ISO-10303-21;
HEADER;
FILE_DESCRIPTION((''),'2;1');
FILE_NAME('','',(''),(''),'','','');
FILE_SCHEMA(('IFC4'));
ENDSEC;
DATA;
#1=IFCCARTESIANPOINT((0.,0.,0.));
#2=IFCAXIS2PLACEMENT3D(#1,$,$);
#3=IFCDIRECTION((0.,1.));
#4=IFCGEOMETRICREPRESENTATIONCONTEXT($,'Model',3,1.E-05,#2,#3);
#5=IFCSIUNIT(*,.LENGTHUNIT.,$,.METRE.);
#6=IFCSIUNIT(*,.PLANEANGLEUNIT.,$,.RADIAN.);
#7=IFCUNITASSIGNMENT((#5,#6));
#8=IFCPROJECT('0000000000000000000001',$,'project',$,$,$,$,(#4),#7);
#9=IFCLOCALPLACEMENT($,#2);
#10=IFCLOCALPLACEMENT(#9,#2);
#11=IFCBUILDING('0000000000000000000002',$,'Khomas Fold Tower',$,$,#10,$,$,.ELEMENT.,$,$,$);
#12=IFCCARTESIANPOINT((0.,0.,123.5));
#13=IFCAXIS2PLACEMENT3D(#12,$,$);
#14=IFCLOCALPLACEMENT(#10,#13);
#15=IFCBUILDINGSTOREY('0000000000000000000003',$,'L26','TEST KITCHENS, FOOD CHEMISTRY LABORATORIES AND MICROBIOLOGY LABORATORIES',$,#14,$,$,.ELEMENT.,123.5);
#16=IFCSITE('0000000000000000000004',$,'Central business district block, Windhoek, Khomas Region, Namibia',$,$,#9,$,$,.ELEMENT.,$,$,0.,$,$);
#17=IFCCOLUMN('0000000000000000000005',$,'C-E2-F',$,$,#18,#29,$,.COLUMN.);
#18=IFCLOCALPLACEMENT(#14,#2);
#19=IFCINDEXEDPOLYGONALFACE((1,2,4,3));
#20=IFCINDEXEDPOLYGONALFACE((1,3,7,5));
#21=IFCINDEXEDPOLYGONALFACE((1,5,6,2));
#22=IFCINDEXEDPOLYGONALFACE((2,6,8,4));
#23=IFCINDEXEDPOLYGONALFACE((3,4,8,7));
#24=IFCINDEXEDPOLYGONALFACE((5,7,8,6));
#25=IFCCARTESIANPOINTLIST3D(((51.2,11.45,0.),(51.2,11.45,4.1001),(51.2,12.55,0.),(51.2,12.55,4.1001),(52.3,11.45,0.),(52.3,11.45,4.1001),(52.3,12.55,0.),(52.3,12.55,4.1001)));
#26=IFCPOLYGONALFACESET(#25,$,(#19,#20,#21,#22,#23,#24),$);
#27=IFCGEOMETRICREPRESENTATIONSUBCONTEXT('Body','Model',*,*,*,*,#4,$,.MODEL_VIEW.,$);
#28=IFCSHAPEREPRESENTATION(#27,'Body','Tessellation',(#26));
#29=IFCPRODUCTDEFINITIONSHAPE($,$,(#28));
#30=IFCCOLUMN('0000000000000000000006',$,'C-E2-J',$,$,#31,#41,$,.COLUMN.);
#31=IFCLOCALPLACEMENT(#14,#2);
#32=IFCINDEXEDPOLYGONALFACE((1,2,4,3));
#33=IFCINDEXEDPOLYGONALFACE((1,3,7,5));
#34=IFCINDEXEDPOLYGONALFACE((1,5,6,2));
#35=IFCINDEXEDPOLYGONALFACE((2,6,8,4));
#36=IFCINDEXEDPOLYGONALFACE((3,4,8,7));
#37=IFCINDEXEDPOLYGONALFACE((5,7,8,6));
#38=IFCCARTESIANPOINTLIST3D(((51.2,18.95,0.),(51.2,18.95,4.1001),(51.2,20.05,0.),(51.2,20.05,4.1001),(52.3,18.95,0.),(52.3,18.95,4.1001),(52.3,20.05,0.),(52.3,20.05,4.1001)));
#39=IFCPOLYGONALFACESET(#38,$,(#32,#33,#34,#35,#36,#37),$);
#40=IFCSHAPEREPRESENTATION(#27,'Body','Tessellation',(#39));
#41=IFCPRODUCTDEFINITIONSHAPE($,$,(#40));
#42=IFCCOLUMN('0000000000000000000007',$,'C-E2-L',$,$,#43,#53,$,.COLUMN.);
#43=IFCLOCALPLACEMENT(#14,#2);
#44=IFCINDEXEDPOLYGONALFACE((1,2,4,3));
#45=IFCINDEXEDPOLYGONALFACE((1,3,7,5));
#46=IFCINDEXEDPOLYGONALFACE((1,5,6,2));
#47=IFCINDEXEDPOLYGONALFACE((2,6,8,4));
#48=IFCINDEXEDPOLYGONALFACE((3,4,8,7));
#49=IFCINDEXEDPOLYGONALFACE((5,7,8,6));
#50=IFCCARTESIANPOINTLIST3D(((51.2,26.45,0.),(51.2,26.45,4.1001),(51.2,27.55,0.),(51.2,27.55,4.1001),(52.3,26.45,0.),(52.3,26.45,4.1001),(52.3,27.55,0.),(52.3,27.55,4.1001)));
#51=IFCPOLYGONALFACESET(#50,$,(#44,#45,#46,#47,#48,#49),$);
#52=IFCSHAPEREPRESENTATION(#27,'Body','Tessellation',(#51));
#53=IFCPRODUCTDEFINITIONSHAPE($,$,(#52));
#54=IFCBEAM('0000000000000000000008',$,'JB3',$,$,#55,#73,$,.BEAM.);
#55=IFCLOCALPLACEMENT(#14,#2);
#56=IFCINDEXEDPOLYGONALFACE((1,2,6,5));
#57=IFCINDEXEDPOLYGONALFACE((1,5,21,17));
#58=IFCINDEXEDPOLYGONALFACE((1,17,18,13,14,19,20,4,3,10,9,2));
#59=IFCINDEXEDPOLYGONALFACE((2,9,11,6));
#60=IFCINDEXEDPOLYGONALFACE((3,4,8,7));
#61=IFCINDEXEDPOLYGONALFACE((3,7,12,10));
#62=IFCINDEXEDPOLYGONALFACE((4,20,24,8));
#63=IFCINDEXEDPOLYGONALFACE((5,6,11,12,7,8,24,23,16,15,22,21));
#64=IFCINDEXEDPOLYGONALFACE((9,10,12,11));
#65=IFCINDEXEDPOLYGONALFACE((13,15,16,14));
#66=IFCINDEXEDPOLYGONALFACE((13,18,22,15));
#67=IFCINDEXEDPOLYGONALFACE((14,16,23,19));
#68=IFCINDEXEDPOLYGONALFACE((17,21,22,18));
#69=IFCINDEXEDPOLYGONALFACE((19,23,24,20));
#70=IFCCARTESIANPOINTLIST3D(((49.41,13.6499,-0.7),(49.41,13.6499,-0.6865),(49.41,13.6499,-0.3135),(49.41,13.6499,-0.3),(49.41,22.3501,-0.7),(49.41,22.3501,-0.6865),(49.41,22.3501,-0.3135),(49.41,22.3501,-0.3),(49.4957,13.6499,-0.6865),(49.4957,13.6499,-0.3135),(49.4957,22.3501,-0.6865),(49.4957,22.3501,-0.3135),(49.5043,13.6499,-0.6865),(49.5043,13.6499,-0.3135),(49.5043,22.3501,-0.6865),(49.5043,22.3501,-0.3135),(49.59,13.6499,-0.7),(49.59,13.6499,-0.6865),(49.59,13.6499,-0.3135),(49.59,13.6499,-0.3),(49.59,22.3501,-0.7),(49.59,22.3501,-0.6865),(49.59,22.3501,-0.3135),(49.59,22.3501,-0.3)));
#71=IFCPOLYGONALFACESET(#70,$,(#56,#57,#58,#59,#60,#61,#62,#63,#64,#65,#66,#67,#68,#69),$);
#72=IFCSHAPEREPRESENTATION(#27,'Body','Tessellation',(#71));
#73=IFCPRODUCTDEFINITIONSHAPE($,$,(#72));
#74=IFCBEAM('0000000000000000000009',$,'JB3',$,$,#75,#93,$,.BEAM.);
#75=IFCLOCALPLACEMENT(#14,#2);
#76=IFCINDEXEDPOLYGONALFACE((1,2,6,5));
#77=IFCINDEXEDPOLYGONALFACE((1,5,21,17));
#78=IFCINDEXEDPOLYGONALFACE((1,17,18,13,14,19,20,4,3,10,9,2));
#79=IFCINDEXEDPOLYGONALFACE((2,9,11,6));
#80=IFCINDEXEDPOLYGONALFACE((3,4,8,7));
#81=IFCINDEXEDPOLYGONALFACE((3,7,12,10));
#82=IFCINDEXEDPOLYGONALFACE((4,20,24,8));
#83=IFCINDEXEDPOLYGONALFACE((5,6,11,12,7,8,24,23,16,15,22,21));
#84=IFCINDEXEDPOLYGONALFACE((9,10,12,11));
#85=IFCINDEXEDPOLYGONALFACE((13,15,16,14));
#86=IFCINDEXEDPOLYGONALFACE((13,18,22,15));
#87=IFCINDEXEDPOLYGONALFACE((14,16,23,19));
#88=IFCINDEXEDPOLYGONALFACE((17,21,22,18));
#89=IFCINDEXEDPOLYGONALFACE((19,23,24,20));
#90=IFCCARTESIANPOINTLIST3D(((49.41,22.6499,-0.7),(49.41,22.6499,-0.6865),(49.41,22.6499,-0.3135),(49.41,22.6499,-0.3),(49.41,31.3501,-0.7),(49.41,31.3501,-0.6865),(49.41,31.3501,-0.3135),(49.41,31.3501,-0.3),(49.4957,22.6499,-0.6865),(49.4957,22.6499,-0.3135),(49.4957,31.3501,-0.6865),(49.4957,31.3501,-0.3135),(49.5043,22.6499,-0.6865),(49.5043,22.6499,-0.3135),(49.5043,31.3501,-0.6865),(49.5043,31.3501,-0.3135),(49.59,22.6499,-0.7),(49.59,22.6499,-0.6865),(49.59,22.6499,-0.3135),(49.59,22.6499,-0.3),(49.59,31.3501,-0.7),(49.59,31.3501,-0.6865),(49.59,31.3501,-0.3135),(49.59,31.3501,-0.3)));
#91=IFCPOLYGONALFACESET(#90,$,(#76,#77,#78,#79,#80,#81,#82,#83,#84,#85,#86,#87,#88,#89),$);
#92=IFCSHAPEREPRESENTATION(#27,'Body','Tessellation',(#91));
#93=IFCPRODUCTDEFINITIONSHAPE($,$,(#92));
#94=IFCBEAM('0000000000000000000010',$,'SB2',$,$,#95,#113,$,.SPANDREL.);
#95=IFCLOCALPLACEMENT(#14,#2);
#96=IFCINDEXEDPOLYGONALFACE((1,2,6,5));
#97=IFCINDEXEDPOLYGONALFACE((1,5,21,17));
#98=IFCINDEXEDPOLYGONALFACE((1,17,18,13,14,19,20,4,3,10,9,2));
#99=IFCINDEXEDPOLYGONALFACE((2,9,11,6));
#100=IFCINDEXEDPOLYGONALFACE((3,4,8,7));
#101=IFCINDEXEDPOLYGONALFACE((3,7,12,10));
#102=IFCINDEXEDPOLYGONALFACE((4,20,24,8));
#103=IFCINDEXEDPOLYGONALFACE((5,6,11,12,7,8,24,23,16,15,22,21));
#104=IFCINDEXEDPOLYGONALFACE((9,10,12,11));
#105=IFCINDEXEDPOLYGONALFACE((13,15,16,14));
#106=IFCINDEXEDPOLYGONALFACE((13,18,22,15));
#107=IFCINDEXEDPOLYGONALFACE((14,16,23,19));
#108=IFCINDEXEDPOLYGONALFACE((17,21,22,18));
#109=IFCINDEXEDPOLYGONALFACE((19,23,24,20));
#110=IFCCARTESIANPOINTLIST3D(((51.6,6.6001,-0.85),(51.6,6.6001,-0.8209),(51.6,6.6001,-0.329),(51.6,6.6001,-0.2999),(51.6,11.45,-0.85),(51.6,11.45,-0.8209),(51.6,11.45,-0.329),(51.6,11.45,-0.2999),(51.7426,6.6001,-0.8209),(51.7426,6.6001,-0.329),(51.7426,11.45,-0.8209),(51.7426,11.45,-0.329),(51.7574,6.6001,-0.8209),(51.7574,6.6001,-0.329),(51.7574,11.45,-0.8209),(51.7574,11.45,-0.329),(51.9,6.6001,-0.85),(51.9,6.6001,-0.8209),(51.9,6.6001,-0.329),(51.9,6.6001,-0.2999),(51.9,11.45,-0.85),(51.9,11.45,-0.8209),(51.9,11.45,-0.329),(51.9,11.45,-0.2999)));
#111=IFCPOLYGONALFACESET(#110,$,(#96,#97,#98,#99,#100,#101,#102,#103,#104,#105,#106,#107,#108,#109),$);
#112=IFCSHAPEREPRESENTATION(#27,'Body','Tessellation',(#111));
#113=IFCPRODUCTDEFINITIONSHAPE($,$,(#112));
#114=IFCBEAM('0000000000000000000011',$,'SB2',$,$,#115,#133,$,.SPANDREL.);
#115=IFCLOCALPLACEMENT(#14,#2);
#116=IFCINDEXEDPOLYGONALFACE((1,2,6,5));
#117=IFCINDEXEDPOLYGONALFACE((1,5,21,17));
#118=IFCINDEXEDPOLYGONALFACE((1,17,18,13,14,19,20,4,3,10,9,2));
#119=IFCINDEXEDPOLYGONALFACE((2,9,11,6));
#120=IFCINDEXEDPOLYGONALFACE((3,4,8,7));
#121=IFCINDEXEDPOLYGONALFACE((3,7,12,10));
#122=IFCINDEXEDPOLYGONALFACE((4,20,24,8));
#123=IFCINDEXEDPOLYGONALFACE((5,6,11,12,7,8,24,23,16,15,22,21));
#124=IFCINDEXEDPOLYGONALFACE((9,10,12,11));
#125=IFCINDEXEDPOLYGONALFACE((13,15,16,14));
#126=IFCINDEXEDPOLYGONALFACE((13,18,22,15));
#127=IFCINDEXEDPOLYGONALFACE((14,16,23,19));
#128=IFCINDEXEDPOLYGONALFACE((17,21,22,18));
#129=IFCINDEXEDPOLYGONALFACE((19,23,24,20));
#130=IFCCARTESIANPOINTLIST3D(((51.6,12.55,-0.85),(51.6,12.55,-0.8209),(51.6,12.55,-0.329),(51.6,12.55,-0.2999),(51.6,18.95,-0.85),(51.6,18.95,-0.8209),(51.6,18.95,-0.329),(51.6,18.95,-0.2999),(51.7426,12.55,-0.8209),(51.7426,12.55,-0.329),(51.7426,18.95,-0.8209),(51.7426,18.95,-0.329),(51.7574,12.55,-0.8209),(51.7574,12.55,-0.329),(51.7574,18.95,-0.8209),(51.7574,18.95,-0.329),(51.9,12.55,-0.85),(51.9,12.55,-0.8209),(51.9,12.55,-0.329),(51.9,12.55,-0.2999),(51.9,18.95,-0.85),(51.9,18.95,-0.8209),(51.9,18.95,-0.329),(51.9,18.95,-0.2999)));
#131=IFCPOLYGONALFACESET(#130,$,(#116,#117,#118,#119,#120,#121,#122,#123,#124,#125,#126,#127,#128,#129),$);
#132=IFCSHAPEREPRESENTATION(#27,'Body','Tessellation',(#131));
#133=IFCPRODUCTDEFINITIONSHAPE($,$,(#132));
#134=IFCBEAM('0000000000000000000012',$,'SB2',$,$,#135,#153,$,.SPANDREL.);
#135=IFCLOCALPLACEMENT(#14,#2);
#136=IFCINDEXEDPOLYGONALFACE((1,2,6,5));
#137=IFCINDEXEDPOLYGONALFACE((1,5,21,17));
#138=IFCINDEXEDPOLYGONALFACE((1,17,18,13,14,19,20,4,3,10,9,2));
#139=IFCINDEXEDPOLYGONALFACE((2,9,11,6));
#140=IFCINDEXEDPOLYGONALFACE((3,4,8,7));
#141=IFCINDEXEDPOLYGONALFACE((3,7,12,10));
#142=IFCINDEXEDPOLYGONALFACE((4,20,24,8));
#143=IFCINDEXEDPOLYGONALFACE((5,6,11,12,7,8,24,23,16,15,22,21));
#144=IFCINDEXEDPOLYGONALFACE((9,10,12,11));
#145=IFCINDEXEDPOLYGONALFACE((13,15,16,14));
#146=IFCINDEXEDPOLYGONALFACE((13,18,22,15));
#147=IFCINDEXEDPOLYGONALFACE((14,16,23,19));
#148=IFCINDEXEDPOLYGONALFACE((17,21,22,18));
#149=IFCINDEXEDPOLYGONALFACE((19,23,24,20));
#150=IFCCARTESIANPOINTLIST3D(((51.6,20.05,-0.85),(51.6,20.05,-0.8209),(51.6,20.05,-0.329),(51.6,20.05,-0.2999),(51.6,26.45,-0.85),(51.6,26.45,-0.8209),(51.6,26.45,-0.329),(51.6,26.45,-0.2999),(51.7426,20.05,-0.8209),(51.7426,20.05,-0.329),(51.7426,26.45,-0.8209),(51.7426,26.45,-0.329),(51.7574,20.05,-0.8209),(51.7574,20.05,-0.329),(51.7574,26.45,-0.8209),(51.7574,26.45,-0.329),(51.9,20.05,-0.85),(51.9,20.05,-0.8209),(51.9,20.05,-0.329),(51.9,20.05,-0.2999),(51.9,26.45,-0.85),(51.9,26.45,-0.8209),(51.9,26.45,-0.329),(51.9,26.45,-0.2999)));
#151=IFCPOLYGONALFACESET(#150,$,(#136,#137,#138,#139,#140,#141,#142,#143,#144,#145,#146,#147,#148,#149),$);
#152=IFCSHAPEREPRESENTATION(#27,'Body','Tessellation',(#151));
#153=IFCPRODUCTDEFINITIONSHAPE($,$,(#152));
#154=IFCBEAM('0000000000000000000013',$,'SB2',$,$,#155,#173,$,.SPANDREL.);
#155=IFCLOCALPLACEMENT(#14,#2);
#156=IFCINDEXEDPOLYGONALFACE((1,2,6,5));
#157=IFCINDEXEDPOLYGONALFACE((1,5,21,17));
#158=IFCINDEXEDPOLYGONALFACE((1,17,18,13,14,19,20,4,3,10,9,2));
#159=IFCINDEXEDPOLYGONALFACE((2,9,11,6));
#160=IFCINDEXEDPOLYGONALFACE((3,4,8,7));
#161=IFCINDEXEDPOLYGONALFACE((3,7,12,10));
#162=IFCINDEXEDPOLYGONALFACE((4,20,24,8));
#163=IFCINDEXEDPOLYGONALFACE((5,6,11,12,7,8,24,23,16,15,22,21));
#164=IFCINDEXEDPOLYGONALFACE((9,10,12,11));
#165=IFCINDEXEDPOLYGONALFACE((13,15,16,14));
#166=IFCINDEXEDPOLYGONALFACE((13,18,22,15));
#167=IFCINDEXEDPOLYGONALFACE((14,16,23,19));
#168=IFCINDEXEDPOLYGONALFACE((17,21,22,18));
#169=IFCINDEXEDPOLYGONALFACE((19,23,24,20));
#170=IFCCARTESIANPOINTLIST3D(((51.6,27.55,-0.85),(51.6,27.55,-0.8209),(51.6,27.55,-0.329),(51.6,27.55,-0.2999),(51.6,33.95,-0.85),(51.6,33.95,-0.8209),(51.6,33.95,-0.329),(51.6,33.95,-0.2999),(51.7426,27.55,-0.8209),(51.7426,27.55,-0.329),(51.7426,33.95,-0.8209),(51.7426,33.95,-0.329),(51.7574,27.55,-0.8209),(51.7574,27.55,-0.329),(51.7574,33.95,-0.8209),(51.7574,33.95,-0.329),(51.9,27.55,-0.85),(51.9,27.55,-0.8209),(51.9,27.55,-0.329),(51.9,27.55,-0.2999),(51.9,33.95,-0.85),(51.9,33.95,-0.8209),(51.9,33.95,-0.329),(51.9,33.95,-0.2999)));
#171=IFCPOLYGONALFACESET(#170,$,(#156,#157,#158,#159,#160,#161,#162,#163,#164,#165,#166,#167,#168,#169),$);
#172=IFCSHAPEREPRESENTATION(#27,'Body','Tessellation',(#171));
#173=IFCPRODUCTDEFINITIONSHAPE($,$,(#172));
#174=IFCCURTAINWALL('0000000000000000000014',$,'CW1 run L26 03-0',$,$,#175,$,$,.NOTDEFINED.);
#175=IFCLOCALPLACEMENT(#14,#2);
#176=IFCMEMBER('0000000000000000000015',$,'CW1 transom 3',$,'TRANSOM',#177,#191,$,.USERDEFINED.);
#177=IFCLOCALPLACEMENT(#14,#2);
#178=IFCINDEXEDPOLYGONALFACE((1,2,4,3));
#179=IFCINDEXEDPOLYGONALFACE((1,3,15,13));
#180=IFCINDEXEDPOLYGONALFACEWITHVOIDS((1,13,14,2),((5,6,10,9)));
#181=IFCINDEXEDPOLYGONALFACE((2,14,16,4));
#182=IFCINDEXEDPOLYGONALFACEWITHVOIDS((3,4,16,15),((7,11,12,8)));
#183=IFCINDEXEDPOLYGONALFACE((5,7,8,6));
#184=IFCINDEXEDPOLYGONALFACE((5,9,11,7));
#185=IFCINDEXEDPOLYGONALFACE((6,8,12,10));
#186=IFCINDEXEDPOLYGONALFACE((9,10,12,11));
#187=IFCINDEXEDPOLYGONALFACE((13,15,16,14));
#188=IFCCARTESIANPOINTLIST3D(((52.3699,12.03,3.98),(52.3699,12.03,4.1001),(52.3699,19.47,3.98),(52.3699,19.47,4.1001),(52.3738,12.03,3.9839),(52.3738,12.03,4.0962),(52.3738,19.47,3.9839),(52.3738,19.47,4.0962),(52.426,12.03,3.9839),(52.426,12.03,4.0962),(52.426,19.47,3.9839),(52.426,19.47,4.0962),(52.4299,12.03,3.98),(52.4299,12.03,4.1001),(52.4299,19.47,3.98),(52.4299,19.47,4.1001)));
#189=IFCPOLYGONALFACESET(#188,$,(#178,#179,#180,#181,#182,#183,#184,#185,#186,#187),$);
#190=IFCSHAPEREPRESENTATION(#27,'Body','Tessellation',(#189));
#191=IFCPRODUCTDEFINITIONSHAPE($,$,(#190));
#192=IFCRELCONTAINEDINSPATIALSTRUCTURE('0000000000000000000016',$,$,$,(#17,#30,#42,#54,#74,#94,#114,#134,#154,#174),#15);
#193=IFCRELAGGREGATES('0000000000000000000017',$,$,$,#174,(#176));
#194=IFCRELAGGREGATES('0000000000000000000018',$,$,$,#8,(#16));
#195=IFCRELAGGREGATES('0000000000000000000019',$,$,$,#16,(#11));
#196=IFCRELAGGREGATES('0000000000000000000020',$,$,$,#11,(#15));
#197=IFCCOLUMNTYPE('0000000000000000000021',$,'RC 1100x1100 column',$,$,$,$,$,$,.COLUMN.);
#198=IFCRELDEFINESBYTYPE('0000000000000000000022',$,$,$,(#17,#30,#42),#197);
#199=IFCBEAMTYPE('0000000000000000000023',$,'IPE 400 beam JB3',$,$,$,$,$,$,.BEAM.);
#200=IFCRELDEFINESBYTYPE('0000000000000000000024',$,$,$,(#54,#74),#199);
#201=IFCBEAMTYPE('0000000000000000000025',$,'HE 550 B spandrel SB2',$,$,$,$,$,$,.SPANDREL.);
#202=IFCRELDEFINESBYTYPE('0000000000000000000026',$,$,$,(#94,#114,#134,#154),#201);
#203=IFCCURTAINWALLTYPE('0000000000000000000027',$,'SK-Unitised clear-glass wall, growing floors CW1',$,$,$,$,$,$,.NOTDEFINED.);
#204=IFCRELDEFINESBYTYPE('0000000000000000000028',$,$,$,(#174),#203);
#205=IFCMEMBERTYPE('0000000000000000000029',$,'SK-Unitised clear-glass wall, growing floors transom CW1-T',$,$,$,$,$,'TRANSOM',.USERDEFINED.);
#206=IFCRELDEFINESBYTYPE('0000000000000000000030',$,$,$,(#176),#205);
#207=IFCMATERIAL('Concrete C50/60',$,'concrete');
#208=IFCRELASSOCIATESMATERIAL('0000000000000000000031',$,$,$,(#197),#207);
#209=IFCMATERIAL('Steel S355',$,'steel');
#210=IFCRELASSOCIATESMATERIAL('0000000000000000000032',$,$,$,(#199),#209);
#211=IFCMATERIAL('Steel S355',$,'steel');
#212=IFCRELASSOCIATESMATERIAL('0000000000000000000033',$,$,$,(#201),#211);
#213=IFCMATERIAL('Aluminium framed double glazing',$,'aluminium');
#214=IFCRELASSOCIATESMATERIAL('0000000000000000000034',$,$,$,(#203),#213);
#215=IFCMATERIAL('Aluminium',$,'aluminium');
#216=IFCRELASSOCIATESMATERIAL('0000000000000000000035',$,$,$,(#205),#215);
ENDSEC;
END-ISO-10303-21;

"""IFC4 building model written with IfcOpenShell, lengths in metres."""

from ifc_helpers import new_model, si_unit, direction, frame, origin, origin_2d, place, context, subcontext, project, spatial, rectangle, hollow_rectangle, i_section, extrude, source, transform, mapped, material, material_profile, profile_set, type_object, element, aggregate, save


model = new_model("IFC4")

# Units and contexts
model_context = context("Model", 3, precision=1e-05, world=origin(), true_north=direction((0.0, 1.0)))
body_context = subcontext(model_context, "Body", "Model", "MODEL_VIEW")
ifc_project = project(units=[si_unit("LENGTHUNIT", "METRE"), si_unit("PLANEANGLEUNIT", "RADIAN")], contexts=[model_context])

# Site, building, storey
site_placement = place(None, origin())
site = spatial("IfcSite", under=ifc_project, at=site_placement, Name="Central business district block, Windhoek, Khomas Region, Namibia", CompositionType="ELEMENT", RefElevation=0.0)
building_placement = place(site_placement, origin())
building = spatial("IfcBuilding", under=site, at=building_placement, Name="Khomas Fold Tower", CompositionType="ELEMENT")
storey_placement = place(building_placement, frame((0.0, 0.0, 123.5)))
storey = spatial("IfcBuildingStorey", under=building, at=storey_placement, Name="L26", Description="TEST KITCHENS, FOOD CHEMISTRY LABORATORIES AND MICROBIOLOGY LABORATORIES", CompositionType="ELEMENT", Elevation=123.5)

# Columns
ifc_material_1 = material(Name="Concrete C50/60", Category="concrete")
ifc_material_profile_1 = material_profile(ifc_material_1, rectangle(XDim=1.1001, YDim=1.1001, at=origin_2d()), Name="RC 1100x1100")
ifc_profile_set_1 = profile_set([ifc_material_profile_1], Name="Concrete C50/60")
column_type = type_object("IfcColumnType", Name="RC 1100x1100 column", PredefinedType="COLUMN", material=ifc_profile_set_1)
shared_shape_1 = source(origin(), body_context, "Body", "SweptSolid", [
    extrude(rectangle(XDim=1.1001, YDim=1.1001, at=origin_2d()), origin(), (0.0, 0.0, 1.0), 4.1001),
])
for number, where, z_axis, x_axis, name in (
    (1, (51.75, 12.0, 0.0), (0.0, 0.0, 1.0), (1.0, 0.0, 0.0), "C-E2-F"),
    (2, (51.75, 19.5, 0.0), (0.0, 0.0, 1.0), (1.0, 0.0, 0.0), "C-E2-J"),
    (3, (51.75, 27.0, 0.0), (0.0, 0.0, 1.0), (1.0, 0.0, 0.0), "C-E2-L"),
):
    element("IfcColumn", number, at=place(storey_placement, frame(where, z_axis=z_axis, x_axis=x_axis)), inside=storey, type_object=column_type, Name=name, PredefinedType="COLUMN", context=body_context, shape_type="MappedRepresentation", body=[
        mapped(shared_shape_1, transform((0.0, 0.0, 0.0))),
    ])

# Beams
ifc_material_2 = material(Name="Steel S355", Category="steel")
ifc_material_profile_2 = material_profile(ifc_material_2, i_section(OverallWidth=0.1799, OverallDepth=0.3999, WebThickness=0.0085, FlangeThickness=0.0134, at=origin_2d()), Name="IPE 400")
ifc_profile_set_2 = profile_set([ifc_material_profile_2], Name="Steel S355")
beam_type_1 = type_object("IfcBeamType", Name="IPE 400 beam JB3", PredefinedType="BEAM", material=ifc_profile_set_2)
shared_shape_2 = source(origin(), body_context, "Body", "SweptSolid", [
    extrude(i_section(OverallWidth=0.1799, OverallDepth=0.3999, WebThickness=0.0085, FlangeThickness=0.0134, at=origin_2d()), origin(), (0.0, 0.0, 1.0), 8.7002),
])
for number, where, z_axis, x_axis, name in (
    (4, (49.5, 13.6499, -0.5), (0.0, 1.0, 0.0), (-1.0, 0.0, 0.0), "JB3"),
    (5, (49.5, 22.6499, -0.5), (0.0, 1.0, 0.0), (-1.0, 0.0, 0.0), "JB3"),
):
    element("IfcBeam", number, at=place(storey_placement, frame(where, z_axis=z_axis, x_axis=x_axis)), inside=storey, type_object=beam_type_1, Name=name, PredefinedType="BEAM", context=body_context, shape_type="MappedRepresentation", body=[
        mapped(shared_shape_2, transform((0.0, 0.0, 0.0))),
    ])
ifc_material_3 = material(Name="Steel S355", Category="steel")
ifc_material_profile_3 = material_profile(ifc_material_3, i_section(OverallWidth=0.3, OverallDepth=0.55, WebThickness=0.0149, FlangeThickness=0.0291, at=origin_2d()), Name="HE 550 B")
ifc_profile_set_3 = profile_set([ifc_material_profile_3], Name="Steel S355")
beam_type_2 = type_object("IfcBeamType", Name="HE 550 B spandrel SB2", PredefinedType="SPANDREL", material=ifc_profile_set_3)
shared_shape_3 = source(origin(), body_context, "Body", "SweptSolid", [
    extrude(i_section(OverallWidth=0.3, OverallDepth=0.55, WebThickness=0.0149, FlangeThickness=0.0291, at=origin_2d()), origin(), (0.0, 0.0, 1.0), 4.8499),
])
beam_placement = place(storey_placement, frame((51.75, 6.6001, -0.575), z_axis=(0.0, 1.0, 0.0), x_axis=(-1.0, 0.0, 0.0)))
element("IfcBeam", 6, at=beam_placement, inside=storey, type_object=beam_type_2, Name="SB2", PredefinedType="SPANDREL", context=body_context, shape_type="MappedRepresentation", body=[
    mapped(shared_shape_3, transform((0.0, 0.0, 0.0))),
])
shared_shape_4 = source(origin(), body_context, "Body", "SweptSolid", [
    extrude(i_section(OverallWidth=0.3, OverallDepth=0.55, WebThickness=0.0149, FlangeThickness=0.0291, at=origin_2d()), origin(), (0.0, 0.0, 1.0), 6.3999),
])
for number, where, z_axis, x_axis, name in (
    (7, (51.75, 12.55, -0.575), (0.0, 1.0, 0.0), (-1.0, 0.0, 0.0), "SB2"),
    (8, (51.75, 20.05, -0.575), (0.0, 1.0, 0.0), (-1.0, 0.0, 0.0), "SB2"),
    (9, (51.75, 27.55, -0.575), (0.0, 1.0, 0.0), (-1.0, 0.0, 0.0), "SB2"),
):
    element("IfcBeam", number, at=place(storey_placement, frame(where, z_axis=z_axis, x_axis=x_axis)), inside=storey, type_object=beam_type_2, Name=name, PredefinedType="SPANDREL", context=body_context, shape_type="MappedRepresentation", body=[
        mapped(shared_shape_4, transform((0.0, 0.0, 0.0))),
    ])

# Curtain wall, member
ifc_material_4 = material(Name="Aluminium framed double glazing", Category="aluminium")
curtain_wall_type = type_object("IfcCurtainWallType", Name="SK-Unitised clear-glass wall, growing floors CW1", PredefinedType="NOTDEFINED", material=ifc_material_4)
curtain_wall_placement = place(storey_placement, origin())
curtain_wall = element("IfcCurtainWall", 10, at=curtain_wall_placement, inside=storey, type_object=curtain_wall_type, Name="CW1 run L26 03-0", PredefinedType="NOTDEFINED")
ifc_material_5 = material(Name="Aluminium", Category="aluminium")
ifc_material_profile_4 = material_profile(ifc_material_5, hollow_rectangle(XDim=0.0601, YDim=0.1201, WallThickness=0.0039, at=origin_2d()), Name="SK-Unitised clear-glass wall, growing floors transom CW1-T")
ifc_profile_set_4 = profile_set([ifc_material_profile_4], Name="Aluminium")
member_type_1 = type_object("IfcMemberType", Name="SK-Unitised clear-glass wall, growing floors transom CW1-T", ElementType="TRANSOM", PredefinedType="USERDEFINED", material=ifc_profile_set_4)
shared_shape_5 = source(origin(), body_context, "Body", "SweptSolid", [
    extrude(hollow_rectangle(XDim=0.0601, YDim=0.1201, WallThickness=0.0039, at=origin_2d()), origin(), (0.0, 0.0, 1.0), 7.4399),
])
member_1_placement = place(storey_placement, frame((52.3999, 12.03, 4.04), z_axis=(0.0, 1.0, 0.0), x_axis=(-1.0, 0.0, 0.0)))
member_1 = element("IfcMember", 11, at=member_1_placement, type_object=member_type_1, Name="CW1 transom 3", ObjectType="TRANSOM", PredefinedType="USERDEFINED", context=body_context, shape_type="MappedRepresentation", body=[
    mapped(shared_shape_5, transform((0.0, 0.0, 0.0))),
])
aggregate(curtain_wall, [member_1])

save(model, "model.ifc")
